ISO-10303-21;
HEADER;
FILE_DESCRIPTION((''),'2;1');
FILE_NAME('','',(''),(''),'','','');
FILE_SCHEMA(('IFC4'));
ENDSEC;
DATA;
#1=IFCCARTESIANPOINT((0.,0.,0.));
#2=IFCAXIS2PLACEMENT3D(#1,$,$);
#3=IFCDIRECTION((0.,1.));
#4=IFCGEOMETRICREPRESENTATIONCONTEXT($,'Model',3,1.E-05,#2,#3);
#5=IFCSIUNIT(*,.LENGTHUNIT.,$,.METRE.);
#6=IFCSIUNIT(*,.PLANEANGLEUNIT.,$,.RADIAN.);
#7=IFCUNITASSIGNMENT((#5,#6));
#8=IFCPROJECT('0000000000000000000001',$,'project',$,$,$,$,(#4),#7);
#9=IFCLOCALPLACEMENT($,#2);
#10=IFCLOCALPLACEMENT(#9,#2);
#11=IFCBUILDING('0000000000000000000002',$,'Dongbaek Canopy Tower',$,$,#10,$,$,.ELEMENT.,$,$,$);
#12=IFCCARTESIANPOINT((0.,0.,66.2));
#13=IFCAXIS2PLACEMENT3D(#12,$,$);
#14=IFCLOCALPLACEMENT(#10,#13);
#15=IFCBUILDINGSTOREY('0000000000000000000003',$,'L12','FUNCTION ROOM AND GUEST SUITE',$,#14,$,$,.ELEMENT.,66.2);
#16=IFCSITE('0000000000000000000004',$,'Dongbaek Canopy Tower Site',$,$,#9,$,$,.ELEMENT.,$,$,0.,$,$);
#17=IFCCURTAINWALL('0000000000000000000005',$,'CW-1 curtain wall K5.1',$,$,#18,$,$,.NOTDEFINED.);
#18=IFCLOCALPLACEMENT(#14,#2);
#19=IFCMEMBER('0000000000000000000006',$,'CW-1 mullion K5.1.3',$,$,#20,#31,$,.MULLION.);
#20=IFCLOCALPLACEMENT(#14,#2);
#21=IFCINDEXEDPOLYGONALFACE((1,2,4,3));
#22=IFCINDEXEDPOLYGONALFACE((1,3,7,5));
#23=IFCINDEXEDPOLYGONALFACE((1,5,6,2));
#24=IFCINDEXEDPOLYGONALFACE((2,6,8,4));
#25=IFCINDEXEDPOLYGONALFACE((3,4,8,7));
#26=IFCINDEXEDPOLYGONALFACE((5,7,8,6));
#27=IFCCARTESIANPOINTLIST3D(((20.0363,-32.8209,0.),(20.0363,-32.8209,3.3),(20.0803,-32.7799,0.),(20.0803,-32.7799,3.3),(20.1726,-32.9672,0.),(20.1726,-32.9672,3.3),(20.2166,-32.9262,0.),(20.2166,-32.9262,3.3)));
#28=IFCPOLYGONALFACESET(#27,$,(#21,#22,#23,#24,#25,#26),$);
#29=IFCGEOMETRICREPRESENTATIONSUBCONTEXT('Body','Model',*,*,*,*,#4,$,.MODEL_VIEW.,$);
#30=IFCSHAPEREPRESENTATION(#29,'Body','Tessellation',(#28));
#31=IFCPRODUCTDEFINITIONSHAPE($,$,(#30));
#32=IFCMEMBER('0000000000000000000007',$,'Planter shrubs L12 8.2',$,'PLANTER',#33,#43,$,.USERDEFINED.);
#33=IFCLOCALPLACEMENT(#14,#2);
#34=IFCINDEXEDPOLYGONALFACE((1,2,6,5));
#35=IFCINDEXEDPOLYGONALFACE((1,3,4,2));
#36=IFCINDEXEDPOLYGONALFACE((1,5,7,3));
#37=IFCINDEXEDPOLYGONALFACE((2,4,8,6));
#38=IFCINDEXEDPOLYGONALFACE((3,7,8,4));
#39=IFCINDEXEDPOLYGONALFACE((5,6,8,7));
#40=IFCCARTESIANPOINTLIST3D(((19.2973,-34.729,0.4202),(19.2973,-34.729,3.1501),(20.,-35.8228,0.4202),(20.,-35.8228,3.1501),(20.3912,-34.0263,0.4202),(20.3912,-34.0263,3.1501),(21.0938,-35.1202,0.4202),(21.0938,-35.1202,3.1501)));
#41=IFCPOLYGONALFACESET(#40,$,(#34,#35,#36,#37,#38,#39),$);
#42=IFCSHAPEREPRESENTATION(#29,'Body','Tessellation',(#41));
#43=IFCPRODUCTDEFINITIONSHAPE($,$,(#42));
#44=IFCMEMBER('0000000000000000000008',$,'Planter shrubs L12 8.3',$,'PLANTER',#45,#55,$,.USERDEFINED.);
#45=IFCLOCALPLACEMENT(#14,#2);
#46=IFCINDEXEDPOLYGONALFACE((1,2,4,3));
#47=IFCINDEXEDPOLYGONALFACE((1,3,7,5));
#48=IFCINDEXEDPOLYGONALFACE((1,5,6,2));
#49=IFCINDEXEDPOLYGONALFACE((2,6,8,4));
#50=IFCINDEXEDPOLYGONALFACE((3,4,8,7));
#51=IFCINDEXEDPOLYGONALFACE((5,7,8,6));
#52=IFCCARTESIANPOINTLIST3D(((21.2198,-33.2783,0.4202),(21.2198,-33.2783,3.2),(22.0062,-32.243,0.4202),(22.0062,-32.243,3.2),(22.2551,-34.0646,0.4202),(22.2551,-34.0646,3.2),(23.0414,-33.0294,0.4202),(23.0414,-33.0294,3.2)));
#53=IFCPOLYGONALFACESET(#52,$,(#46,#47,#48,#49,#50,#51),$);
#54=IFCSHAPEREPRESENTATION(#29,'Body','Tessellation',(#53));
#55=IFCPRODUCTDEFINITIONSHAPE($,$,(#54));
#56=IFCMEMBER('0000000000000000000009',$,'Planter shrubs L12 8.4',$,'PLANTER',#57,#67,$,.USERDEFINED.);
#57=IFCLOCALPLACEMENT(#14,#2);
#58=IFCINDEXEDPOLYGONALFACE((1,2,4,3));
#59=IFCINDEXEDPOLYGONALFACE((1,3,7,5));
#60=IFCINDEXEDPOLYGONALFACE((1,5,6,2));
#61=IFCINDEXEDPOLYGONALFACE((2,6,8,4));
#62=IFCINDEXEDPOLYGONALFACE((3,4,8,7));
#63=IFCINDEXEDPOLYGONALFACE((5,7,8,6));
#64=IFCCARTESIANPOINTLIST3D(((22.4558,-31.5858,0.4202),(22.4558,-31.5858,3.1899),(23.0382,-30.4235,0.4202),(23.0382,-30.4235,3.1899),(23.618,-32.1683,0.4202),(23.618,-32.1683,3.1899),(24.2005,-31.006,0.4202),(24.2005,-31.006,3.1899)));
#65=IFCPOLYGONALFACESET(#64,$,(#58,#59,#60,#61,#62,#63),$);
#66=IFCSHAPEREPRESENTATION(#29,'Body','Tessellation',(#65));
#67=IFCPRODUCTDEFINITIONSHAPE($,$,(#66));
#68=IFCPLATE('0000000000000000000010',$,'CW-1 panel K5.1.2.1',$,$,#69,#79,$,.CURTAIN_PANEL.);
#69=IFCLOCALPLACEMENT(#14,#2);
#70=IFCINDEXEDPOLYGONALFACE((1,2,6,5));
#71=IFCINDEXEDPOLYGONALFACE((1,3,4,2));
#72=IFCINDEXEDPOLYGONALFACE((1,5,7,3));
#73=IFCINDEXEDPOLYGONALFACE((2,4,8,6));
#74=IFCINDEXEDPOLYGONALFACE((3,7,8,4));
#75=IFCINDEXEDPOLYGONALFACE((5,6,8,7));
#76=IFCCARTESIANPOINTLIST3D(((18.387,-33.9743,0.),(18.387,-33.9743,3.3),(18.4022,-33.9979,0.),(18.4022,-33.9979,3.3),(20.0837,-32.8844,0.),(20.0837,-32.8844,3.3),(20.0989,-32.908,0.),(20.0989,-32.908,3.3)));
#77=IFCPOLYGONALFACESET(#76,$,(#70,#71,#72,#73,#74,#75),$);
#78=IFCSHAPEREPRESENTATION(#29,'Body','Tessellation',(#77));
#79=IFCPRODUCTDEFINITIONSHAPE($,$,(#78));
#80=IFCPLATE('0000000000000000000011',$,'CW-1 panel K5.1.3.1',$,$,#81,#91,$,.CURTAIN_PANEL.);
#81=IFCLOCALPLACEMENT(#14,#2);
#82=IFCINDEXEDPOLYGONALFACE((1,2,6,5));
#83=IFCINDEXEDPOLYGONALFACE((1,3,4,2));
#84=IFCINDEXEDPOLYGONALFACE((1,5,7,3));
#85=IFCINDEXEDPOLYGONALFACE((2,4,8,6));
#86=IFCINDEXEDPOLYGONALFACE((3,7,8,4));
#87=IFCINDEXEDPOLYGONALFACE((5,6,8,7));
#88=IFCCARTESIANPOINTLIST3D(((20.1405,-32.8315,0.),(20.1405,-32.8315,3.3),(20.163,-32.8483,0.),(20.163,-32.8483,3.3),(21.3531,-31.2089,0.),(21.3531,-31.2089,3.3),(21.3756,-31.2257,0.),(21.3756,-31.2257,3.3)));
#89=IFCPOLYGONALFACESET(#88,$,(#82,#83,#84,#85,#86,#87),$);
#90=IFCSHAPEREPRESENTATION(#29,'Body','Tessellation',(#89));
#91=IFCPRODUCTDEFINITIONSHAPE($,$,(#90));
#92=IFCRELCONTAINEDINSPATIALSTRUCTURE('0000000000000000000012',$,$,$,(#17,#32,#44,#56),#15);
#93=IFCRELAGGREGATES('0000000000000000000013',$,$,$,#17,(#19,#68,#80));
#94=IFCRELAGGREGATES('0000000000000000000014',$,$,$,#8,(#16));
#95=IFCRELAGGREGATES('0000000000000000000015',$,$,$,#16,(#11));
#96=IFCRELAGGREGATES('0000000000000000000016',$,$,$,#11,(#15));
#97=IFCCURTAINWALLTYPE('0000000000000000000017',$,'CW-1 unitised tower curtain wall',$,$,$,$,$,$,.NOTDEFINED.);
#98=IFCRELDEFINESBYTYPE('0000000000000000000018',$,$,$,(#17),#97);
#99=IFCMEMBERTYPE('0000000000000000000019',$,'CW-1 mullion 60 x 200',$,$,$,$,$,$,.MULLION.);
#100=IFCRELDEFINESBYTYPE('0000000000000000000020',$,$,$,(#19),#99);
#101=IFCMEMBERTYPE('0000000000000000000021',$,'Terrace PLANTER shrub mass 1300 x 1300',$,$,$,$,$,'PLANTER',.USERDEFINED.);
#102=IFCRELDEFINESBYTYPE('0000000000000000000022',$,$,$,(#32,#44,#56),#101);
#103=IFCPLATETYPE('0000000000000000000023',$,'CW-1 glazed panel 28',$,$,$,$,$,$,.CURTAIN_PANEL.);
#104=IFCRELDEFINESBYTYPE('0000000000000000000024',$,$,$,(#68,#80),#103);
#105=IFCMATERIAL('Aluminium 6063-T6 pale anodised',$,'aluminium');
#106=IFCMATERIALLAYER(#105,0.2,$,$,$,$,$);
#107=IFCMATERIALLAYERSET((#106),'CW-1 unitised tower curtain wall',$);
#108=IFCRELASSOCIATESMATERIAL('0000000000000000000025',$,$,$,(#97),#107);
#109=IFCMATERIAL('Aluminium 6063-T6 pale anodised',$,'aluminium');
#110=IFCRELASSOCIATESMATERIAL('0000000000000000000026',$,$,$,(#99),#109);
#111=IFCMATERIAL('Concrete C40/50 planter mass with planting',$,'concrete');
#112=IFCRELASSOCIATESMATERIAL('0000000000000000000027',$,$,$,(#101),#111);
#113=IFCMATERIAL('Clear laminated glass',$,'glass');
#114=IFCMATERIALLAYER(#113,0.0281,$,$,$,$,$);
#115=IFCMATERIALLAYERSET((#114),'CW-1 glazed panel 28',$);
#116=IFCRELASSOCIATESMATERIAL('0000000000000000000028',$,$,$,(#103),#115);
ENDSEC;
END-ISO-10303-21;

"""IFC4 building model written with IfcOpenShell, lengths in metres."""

from ifc_helpers import new_model, si_unit, direction, frame, origin, origin_2d, place, context, subcontext, project, spatial, rectangle, extrude, material, layer, layer_set, material_profile, profile_set, type_object, element, aggregate, save


model = new_model("IFC4")

# Units and contexts
model_context = context("Model", 3, precision=1e-05, world=origin(), true_north=direction((0.0, 1.0)))
body_context = subcontext(model_context, "Body", "Model", "MODEL_VIEW")
ifc_project = project(units=[si_unit("LENGTHUNIT", "METRE"), si_unit("PLANEANGLEUNIT", "RADIAN")], contexts=[model_context])

# Site, building, storey
site_placement = place(None, origin())
site = spatial("IfcSite", under=ifc_project, at=site_placement, Name="Dongbaek Canopy Tower Site", CompositionType="ELEMENT", RefElevation=0.0)
building_placement = place(site_placement, origin())
building = spatial("IfcBuilding", under=site, at=building_placement, Name="Dongbaek Canopy Tower", CompositionType="ELEMENT")
storey_placement = place(building_placement, frame((0.0, 0.0, 66.2)))
storey = spatial("IfcBuildingStorey", under=building, at=storey_placement, Name="L12", Description="FUNCTION ROOM AND GUEST SUITE", CompositionType="ELEMENT", Elevation=66.2)

# Curtain wall, member
ifc_material_1 = material(Name="Aluminium 6063-T6 pale anodised", Category="aluminium")
ifc_layer_1 = layer(ifc_material_1, 0.2)
ifc_layer_set_1 = layer_set([ifc_layer_1], Name="CW-1 unitised tower curtain wall")
curtain_wall_type = type_object("IfcCurtainWallType", Name="CW-1 unitised tower curtain wall", PredefinedType="NOTDEFINED", material=ifc_layer_set_1)
curtain_wall_placement = place(storey_placement, origin())
curtain_wall = element("IfcCurtainWall", 1, at=curtain_wall_placement, inside=storey, type_object=curtain_wall_type, Name="CW-1 curtain wall K5.1", PredefinedType="NOTDEFINED")
ifc_material_2 = material(Name="Aluminium 6063-T6 pale anodised", Category="aluminium")
ifc_material_profile_1 = material_profile(ifc_material_2, rectangle(XDim=0.2, YDim=0.0601, at=origin_2d()), Name="CW-1 mullion 60 x 200")
ifc_profile_set_1 = profile_set([ifc_material_profile_1], Name="Aluminium 6063-T6 pale anodised")
member_type_1 = type_object("IfcMemberType", Name="CW-1 mullion 60 x 200", PredefinedType="MULLION", material=ifc_profile_set_1)
member_1_placement = place(storey_placement, frame((20.1265, -32.8735, 0.0), z_axis=(0.0, 0.0, 1.0), x_axis=(0.681641, -0.731687, 0.0)))
member_1 = element("IfcMember", 2, at=member_1_placement, type_object=member_type_1, Name="CW-1 mullion K5.1.3", PredefinedType="MULLION", context=body_context, shape_type="SweptSolid", body=[
    extrude(rectangle(XDim=0.2, YDim=0.0601, at=origin_2d()), origin(), (0.0, 0.0, 1.0), 3.3),
])

# Members
ifc_material_3 = material(Name="Concrete C40/50 planter mass with planting", Category="concrete")
ifc_material_profile_2 = material_profile(ifc_material_3, rectangle(XDim=1.3, YDim=1.3, at=origin_2d()), Name="Terrace PLANTER shrub mass 1300 x 1300")
ifc_profile_set_2 = profile_set([ifc_material_profile_2], Name="Concrete C40/50 planter mass with planting")
member_type_2 = type_object("IfcMemberType", Name="Terrace PLANTER shrub mass 1300 x 1300", ElementType="PLANTER", PredefinedType="USERDEFINED", material=ifc_profile_set_2)
member_2_placement = place(storey_placement, frame((20.1956, -34.9246, 0.4202), z_axis=(0.0, 0.0, 1.0), x_axis=(0.540463, -0.841368, 0.0)))
element("IfcMember", 3, at=member_2_placement, inside=storey, type_object=member_type_2, Name="Planter shrubs L12 8.2", ObjectType="PLANTER", PredefinedType="USERDEFINED", context=body_context, shape_type="SweptSolid", body=[
    extrude(rectangle(XDim=1.3, YDim=1.3, at=origin_2d()), origin(), (0.0, 0.0, 1.0), 2.73),
])
member_3_placement = place(storey_placement, frame((22.1306, -33.1538, 0.4202), z_axis=(0.0, 0.0, 1.0), x_axis=(0.796328, -0.604865, 0.0)))
element("IfcMember", 4, at=member_3_placement, inside=storey, type_object=member_type_2, Name="Planter shrubs L12 8.3", ObjectType="PLANTER", PredefinedType="USERDEFINED", context=body_context, shape_type="SweptSolid", body=[
    extrude(rectangle(XDim=1.3, YDim=1.3, at=origin_2d()), origin(), (0.0, 0.0, 1.0), 2.7798),
])
member_4_placement = place(storey_placement, frame((23.3281, -31.2959, 0.4202), z_axis=(0.0, 0.0, 1.0), x_axis=(0.894006, -0.448055, 0.0)))
element("IfcMember", 5, at=member_4_placement, inside=storey, type_object=member_type_2, Name="Planter shrubs L12 8.4", ObjectType="PLANTER", PredefinedType="USERDEFINED", context=body_context, shape_type="SweptSolid", body=[
    extrude(rectangle(XDim=1.3, YDim=1.3, at=origin_2d()), origin(), (0.0, 0.0, 1.0), 2.7698),
])

# Plates
ifc_material_4 = material(Name="Clear laminated glass", Category="glass")
ifc_layer_2 = layer(ifc_material_4, 0.0281)
ifc_layer_set_2 = layer_set([ifc_layer_2], Name="CW-1 glazed panel 28")
plate_type = type_object("IfcPlateType", Name="CW-1 glazed panel 28", PredefinedType="CURTAIN_PANEL", material=ifc_layer_set_2)
plate_1_placement = place(storey_placement, frame((19.2429, -33.4412, 0.0), z_axis=(0.0, 0.0, 1.0), x_axis=(0.841368, 0.540463, 0.0)))
plate_1 = element("IfcPlate", 6, at=plate_1_placement, type_object=plate_type, Name="CW-1 panel K5.1.2.1", PredefinedType="CURTAIN_PANEL", context=body_context, shape_type="SweptSolid", body=[
    extrude(rectangle(XDim=2.0166, YDim=0.0281, at=origin_2d()), origin(), (0.0, 0.0, 1.0), 3.3),
])
plate_2_placement = place(storey_placement, frame((20.7581, -32.0286, 0.0), z_axis=(0.0, 0.0, 1.0), x_axis=(0.59862, 0.801033, 0.0)))
plate_2 = element("IfcPlate", 7, at=plate_2_placement, type_object=plate_type, Name="CW-1 panel K5.1.3.1", PredefinedType="CURTAIN_PANEL", context=body_context, shape_type="SweptSolid", body=[
    extrude(rectangle(XDim=2.0256, YDim=0.0281, at=origin_2d()), origin(), (0.0, 0.0, 1.0), 3.3),
])
aggregate(curtain_wall, [member_1, plate_1, plate_2])

save(model, "model.ifc")
